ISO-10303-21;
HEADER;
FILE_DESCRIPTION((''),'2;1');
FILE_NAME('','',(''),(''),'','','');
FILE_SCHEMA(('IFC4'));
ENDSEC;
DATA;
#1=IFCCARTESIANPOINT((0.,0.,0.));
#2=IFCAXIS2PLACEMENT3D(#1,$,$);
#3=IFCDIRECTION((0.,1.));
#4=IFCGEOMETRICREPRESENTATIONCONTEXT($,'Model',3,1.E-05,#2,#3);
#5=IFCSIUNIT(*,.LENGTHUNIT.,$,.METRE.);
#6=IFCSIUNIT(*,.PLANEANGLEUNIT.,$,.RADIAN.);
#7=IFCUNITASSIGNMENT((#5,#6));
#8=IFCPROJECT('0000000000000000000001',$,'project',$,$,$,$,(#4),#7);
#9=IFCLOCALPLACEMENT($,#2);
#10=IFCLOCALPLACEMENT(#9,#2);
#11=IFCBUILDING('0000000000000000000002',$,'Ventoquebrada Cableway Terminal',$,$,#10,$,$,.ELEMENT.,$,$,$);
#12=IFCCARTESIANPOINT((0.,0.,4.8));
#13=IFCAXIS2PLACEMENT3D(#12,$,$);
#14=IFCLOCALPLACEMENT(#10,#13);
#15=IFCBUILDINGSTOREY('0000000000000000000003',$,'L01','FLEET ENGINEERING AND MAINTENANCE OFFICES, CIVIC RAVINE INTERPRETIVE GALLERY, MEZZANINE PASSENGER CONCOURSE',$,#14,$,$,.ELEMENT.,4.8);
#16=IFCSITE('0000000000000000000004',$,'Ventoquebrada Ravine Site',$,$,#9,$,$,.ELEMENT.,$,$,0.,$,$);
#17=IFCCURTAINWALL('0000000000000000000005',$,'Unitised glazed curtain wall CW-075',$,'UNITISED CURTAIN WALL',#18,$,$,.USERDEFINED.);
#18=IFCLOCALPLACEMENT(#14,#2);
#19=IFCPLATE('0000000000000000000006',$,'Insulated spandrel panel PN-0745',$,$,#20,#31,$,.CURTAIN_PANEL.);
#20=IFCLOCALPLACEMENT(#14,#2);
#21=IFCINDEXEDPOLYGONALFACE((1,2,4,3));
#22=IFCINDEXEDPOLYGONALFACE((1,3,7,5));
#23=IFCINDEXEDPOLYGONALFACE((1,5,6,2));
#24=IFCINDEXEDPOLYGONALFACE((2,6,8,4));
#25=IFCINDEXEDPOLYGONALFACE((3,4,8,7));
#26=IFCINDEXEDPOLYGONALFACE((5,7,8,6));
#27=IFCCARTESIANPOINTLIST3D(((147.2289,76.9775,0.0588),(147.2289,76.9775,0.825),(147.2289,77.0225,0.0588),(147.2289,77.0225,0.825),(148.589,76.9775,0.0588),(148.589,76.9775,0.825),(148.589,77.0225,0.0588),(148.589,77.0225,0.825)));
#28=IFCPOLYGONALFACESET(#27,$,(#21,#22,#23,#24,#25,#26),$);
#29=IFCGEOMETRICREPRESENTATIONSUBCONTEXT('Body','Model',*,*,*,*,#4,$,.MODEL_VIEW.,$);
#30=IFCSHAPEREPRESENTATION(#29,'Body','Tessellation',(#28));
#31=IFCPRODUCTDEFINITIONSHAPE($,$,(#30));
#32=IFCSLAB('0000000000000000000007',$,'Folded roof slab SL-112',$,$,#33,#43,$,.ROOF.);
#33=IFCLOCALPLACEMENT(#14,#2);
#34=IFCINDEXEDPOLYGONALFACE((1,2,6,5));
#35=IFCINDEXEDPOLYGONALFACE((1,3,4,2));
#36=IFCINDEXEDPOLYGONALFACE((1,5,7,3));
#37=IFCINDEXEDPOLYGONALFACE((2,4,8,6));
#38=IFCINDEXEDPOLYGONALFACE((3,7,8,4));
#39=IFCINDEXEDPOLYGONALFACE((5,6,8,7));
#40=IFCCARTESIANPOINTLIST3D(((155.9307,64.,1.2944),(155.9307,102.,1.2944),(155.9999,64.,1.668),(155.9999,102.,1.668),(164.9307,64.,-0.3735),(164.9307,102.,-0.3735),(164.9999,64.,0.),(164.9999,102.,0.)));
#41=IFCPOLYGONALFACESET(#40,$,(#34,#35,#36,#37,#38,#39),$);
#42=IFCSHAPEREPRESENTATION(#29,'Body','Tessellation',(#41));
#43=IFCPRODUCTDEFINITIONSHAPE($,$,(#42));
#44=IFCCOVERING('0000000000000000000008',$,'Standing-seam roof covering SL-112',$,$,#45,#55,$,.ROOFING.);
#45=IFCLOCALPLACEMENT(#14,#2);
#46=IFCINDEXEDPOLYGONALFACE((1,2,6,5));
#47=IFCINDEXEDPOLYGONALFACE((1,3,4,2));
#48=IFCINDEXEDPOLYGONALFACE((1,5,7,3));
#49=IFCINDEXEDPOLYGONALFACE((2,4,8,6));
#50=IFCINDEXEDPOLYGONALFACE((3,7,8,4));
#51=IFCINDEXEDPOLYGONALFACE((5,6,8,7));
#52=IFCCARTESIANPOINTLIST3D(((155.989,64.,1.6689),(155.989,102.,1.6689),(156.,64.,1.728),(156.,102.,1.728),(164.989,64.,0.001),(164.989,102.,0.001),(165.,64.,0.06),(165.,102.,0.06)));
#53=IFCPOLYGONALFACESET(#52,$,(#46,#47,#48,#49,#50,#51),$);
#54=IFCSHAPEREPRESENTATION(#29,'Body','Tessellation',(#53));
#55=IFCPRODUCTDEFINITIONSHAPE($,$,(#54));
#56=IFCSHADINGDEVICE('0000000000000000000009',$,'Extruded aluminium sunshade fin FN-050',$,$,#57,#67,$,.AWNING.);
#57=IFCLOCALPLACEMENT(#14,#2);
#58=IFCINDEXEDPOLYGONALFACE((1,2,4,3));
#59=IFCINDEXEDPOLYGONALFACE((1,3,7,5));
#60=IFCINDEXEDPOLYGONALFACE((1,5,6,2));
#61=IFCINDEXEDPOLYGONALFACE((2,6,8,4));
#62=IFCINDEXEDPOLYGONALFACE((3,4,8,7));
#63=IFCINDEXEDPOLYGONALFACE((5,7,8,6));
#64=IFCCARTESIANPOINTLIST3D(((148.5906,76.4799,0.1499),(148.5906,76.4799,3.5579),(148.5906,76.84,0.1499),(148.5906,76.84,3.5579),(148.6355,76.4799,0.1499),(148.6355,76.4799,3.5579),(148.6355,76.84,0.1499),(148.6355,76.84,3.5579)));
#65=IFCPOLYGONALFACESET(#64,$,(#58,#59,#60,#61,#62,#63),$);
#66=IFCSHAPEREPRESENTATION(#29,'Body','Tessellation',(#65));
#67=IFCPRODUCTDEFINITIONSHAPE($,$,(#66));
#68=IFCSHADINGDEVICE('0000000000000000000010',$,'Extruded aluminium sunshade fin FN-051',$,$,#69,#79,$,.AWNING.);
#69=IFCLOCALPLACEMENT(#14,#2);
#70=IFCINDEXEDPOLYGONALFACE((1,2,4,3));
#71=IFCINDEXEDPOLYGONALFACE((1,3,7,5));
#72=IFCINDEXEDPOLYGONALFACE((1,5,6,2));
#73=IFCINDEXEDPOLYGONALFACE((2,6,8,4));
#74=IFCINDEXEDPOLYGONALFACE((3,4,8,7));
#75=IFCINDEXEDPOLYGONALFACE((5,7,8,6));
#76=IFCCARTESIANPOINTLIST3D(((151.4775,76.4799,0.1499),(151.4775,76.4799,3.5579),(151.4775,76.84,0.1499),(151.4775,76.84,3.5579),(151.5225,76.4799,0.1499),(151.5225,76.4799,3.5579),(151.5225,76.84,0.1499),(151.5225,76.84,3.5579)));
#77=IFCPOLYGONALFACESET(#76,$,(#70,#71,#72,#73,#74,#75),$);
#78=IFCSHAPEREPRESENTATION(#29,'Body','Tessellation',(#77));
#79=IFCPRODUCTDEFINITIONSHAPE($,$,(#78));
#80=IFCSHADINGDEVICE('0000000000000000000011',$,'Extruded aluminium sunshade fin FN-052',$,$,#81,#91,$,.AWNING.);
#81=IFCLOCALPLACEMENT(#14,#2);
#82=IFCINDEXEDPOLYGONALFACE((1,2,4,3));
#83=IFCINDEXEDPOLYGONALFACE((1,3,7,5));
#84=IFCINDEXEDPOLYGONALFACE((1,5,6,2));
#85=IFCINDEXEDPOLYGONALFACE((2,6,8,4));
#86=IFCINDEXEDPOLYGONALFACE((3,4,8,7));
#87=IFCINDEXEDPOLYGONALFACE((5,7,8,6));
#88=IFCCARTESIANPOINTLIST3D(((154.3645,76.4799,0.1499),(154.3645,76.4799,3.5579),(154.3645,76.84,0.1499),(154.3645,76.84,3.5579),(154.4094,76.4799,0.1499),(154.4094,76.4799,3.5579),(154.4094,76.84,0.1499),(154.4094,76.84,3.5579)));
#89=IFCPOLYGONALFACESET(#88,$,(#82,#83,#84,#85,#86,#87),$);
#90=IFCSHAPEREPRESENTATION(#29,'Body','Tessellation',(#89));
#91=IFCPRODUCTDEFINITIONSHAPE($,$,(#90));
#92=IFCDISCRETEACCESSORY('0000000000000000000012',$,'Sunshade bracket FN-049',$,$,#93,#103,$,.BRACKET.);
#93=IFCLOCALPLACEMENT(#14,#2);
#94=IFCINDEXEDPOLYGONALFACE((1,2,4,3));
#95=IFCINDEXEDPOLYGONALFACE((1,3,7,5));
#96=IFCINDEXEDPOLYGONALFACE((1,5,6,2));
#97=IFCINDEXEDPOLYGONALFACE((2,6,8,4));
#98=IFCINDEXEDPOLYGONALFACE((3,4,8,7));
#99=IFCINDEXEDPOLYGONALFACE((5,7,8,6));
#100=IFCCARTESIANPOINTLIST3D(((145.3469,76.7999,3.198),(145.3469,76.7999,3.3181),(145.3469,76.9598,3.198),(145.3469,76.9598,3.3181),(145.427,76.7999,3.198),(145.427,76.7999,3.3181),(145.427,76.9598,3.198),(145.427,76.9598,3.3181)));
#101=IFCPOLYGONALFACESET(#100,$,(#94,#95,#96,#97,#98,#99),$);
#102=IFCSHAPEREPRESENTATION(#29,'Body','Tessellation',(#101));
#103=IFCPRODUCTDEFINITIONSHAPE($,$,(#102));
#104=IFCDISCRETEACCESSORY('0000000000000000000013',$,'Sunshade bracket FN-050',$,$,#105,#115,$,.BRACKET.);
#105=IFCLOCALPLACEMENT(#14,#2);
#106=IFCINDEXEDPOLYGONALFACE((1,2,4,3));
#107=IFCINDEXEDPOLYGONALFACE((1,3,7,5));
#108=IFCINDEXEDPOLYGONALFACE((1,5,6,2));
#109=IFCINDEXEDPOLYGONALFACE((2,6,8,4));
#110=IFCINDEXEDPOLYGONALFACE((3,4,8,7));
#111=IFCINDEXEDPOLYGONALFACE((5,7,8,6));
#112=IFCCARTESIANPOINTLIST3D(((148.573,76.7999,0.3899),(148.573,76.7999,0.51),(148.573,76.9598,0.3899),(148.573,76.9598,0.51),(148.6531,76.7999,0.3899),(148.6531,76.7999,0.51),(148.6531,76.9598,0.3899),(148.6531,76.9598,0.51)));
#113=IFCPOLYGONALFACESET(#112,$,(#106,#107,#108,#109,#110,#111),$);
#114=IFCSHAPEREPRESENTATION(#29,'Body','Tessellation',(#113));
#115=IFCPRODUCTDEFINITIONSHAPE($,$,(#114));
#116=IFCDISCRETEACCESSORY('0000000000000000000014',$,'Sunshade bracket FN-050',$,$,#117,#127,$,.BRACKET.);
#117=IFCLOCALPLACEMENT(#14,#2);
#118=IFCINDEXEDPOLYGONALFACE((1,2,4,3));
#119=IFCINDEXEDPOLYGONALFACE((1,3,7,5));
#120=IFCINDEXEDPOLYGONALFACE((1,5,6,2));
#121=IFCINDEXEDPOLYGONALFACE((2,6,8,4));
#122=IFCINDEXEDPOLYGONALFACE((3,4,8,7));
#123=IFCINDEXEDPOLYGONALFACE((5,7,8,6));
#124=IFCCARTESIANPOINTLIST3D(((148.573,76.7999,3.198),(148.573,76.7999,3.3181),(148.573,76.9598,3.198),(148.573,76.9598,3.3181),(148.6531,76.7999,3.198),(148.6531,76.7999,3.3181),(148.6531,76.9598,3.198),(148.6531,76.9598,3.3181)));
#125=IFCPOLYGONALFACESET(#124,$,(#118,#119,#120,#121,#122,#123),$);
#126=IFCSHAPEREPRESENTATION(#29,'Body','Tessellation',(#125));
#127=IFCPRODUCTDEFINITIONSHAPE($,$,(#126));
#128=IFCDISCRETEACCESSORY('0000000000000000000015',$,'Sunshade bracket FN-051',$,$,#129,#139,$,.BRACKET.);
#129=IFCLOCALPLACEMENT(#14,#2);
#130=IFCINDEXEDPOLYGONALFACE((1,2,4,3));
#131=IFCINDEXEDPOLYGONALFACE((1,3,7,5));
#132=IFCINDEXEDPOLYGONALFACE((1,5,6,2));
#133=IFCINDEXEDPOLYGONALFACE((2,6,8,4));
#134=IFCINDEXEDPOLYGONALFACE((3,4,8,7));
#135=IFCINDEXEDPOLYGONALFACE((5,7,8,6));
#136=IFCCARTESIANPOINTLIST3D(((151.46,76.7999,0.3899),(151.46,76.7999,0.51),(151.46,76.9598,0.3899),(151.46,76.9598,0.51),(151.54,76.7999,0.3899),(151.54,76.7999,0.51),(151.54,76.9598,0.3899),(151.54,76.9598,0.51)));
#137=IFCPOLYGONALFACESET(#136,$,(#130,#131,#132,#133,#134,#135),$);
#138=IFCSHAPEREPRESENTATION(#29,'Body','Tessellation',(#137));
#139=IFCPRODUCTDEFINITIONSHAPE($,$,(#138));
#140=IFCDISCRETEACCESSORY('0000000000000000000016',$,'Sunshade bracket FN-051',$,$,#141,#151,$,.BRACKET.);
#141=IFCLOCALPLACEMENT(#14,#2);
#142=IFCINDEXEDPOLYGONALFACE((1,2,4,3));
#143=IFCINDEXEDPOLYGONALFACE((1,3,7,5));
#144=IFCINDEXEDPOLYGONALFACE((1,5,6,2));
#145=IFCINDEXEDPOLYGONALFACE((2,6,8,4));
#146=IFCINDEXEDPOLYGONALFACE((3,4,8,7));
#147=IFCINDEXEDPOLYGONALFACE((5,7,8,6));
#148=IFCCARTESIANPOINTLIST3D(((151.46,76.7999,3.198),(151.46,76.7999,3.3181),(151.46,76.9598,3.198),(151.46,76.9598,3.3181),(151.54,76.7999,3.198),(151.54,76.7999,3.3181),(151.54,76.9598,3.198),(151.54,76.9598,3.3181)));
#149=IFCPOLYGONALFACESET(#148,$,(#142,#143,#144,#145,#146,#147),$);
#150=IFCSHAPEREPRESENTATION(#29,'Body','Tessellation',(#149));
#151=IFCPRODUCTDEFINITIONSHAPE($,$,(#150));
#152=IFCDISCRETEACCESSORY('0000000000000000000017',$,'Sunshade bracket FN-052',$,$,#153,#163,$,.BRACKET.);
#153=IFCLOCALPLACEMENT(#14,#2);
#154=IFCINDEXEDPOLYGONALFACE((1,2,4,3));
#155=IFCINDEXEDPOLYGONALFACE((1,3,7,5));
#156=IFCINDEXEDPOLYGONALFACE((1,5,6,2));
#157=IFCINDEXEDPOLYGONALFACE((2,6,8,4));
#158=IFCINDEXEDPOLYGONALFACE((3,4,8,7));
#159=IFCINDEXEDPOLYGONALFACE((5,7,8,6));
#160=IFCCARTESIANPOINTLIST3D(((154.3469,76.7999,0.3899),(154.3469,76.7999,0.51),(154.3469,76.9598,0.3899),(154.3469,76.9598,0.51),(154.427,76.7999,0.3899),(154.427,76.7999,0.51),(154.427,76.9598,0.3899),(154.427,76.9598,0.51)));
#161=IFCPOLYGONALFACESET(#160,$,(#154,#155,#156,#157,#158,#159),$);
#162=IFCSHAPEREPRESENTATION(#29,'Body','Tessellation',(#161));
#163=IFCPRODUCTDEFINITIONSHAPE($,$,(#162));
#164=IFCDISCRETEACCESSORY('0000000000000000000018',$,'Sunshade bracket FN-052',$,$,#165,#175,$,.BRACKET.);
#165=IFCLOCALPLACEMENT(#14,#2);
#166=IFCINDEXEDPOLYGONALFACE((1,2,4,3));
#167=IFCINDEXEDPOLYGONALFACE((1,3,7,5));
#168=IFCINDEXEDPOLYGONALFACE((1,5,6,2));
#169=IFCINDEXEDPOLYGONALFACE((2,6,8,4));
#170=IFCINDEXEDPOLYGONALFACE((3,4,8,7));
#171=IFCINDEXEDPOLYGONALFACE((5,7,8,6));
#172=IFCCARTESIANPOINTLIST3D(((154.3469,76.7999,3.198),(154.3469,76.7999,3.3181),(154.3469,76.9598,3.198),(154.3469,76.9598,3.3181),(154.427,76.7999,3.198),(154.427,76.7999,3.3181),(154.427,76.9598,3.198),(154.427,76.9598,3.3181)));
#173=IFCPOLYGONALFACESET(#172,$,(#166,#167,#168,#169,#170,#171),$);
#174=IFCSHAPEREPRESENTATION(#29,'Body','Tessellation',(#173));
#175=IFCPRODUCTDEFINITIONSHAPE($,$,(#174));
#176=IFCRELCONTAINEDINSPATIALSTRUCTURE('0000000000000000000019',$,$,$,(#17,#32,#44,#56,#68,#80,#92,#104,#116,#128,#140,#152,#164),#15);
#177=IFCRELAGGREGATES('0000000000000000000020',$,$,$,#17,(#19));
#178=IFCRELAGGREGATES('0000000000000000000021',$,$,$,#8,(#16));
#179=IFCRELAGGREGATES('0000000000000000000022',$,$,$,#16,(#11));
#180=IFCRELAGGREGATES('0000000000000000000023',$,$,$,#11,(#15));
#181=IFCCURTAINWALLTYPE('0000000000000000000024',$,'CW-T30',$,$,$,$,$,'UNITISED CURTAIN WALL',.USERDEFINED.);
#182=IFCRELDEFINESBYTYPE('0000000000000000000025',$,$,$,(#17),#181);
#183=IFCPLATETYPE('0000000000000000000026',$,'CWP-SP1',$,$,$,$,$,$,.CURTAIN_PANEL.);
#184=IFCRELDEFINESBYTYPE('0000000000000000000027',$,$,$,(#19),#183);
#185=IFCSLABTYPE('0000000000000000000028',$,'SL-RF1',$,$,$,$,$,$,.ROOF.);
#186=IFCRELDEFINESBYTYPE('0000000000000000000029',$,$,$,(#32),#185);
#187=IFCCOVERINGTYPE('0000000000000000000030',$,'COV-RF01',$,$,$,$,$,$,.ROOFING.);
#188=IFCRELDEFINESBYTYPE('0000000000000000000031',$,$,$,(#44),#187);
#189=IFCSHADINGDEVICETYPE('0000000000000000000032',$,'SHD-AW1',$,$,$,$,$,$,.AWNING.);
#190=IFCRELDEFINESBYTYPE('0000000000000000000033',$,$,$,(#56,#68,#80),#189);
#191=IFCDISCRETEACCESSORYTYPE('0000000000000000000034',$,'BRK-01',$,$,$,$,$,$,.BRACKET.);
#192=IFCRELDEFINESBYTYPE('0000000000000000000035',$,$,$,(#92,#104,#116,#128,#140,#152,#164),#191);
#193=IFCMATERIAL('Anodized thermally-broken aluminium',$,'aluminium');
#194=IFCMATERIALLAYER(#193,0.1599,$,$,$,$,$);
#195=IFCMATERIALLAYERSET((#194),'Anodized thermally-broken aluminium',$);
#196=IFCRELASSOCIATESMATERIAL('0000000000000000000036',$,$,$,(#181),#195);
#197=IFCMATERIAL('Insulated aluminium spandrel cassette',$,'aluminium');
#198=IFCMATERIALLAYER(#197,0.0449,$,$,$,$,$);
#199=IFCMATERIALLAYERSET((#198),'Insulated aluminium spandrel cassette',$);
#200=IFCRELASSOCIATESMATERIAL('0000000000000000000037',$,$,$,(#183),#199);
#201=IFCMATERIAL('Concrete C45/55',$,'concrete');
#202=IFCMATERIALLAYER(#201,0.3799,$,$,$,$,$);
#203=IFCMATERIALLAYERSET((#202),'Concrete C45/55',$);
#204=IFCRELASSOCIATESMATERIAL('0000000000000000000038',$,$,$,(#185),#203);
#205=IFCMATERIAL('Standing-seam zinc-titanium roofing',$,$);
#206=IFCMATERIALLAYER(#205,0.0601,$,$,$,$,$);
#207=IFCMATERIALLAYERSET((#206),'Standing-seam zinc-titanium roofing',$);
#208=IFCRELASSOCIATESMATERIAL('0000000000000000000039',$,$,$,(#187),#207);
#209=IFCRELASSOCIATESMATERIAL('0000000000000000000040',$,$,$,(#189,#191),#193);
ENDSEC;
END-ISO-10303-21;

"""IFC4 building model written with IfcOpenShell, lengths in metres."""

from ifc_helpers import new_model, si_unit, direction, frame, origin, origin_2d, place, context, subcontext, project, spatial, polyline, rectangle, outline, extrude, material, layer, layer_set, type_object, element, aggregate, save


model = new_model("IFC4")

# Units and contexts
model_context = context("Model", 3, precision=1e-05, world=origin(), true_north=direction((0.0, 1.0)))
body_context = subcontext(model_context, "Body", "Model", "MODEL_VIEW")
ifc_project = project(units=[si_unit("LENGTHUNIT", "METRE"), si_unit("PLANEANGLEUNIT", "RADIAN")], contexts=[model_context])

# Site, building, storey
site_placement = place(None, origin())
site = spatial("IfcSite", under=ifc_project, at=site_placement, Name="Ventoquebrada Ravine Site", CompositionType="ELEMENT", RefElevation=0.0)
building_placement = place(site_placement, origin())
building = spatial("IfcBuilding", under=site, at=building_placement, Name="Ventoquebrada Cableway Terminal", CompositionType="ELEMENT")
storey_placement = place(building_placement, frame((0.0, 0.0, 4.8)))
storey = spatial("IfcBuildingStorey", under=building, at=storey_placement, Name="L01", Description="FLEET ENGINEERING AND MAINTENANCE OFFICES, CIVIC RAVINE INTERPRETIVE GALLERY, MEZZANINE PASSENGER CONCOURSE", CompositionType="ELEMENT", Elevation=4.8)

# Curtain wall
ifc_material_1 = material(Name="Anodized thermally-broken aluminium", Category="aluminium")
ifc_layer_1 = layer(ifc_material_1, 0.1599)
ifc_layer_set_1 = layer_set([ifc_layer_1], Name="Anodized thermally-broken aluminium")
curtain_wall_type = type_object("IfcCurtainWallType", Name="CW-T30", ElementType="UNITISED CURTAIN WALL", PredefinedType="USERDEFINED", material=ifc_layer_set_1)
curtain_wall_1_placement = place(storey_placement, origin())
curtain_wall_1 = element("IfcCurtainWall", 1, at=curtain_wall_1_placement, inside=storey, type_object=curtain_wall_type, Name="Unitised glazed curtain wall CW-075", ObjectType="UNITISED CURTAIN WALL", PredefinedType="USERDEFINED")

# Plate
ifc_material_2 = material(Name="Insulated aluminium spandrel cassette", Category="aluminium")
ifc_layer_2 = layer(ifc_material_2, 0.0449)
ifc_layer_set_2 = layer_set([ifc_layer_2], Name="Insulated aluminium spandrel cassette")
plate_type_1 = type_object("IfcPlateType", Name="CWP-SP1", PredefinedType="CURTAIN_PANEL", material=ifc_layer_set_2)
plate_1_placement = place(storey_placement, frame((147.9089, 77.0, 0.0588), z_axis=(0.0, 0.0, 1.0), x_axis=(1.0, 0.0, 0.0)))
plate_1 = element("IfcPlate", 2, at=plate_1_placement, type_object=plate_type_1, Name="Insulated spandrel panel PN-0745", PredefinedType="CURTAIN_PANEL", context=body_context, shape_type="SweptSolid", body=[
    extrude(rectangle(XDim=1.3601, YDim=0.0449, at=origin_2d()), origin(), (0.0, 0.0, 1.0), 0.7661),
])
aggregate(curtain_wall_1, [plate_1])

# Slab
ifc_material_3 = material(Name="Concrete C45/55", Category="concrete")
ifc_layer_3 = layer(ifc_material_3, 0.3799)
ifc_layer_set_3 = layer_set([ifc_layer_3], Name="Concrete C45/55")
slab_type = type_object("IfcSlabType", Name="SL-RF1", PredefinedType="ROOF", material=ifc_layer_set_3)
slab_placement = place(storey_placement, frame((155.9307, 64.0, 1.2944), z_axis=(0.182227, 0.0, 0.983257), x_axis=(0.983257, 0.0, -0.182227)))
element("IfcSlab", 3, at=slab_placement, inside=storey, type_object=slab_type, Name="Folded roof slab SL-112", PredefinedType="ROOF", context=body_context, shape_type="SweptSolid", body=[
    extrude(outline(polyline([(0.0, 0.0), (9.1533, 0.0), (9.1533, 38.0), (0.0, 38.0), (0.0, 0.0)])), origin(), (0.0, 0.0, 1.0), 0.3799),
])

# Covering
ifc_material_4 = material(Name="Standing-seam zinc-titanium roofing")
ifc_layer_4 = layer(ifc_material_4, 0.0601)
ifc_layer_set_4 = layer_set([ifc_layer_4], Name="Standing-seam zinc-titanium roofing")
covering_type = type_object("IfcCoveringType", Name="COV-RF01", PredefinedType="ROOFING", material=ifc_layer_set_4)
covering_placement = place(storey_placement, frame((155.989, 64.0, 1.6689), z_axis=(0.182227, 0.0, 0.983257), x_axis=(0.983257, 0.0, -0.182227)))
element("IfcCovering", 4, at=covering_placement, inside=storey, type_object=covering_type, Name="Standing-seam roof covering SL-112", PredefinedType="ROOFING", context=body_context, shape_type="SweptSolid", body=[
    extrude(outline(polyline([(0.0, 0.0), (9.1533, 0.0), (9.1533, 38.0), (0.0, 38.0), (0.0, 0.0)])), origin(), (0.0, 0.0, 1.0), 0.0601),
])

# Shading devices
shading_device_type = type_object("IfcShadingDeviceType", Name="SHD-AW1", PredefinedType="AWNING", material=ifc_material_1)
for number, where, z_axis, x_axis, name in (
    (5, (148.613, 76.6599, 0.1499), (0.0, 0.0, 1.0), (1.0, 0.0, 0.0), "Extruded aluminium sunshade fin FN-050"),
    (6, (151.5, 76.6599, 0.1499), (0.0, 0.0, 1.0), (1.0, 0.0, 0.0), "Extruded aluminium sunshade fin FN-051"),
    (7, (154.387, 76.6599, 0.1499), (0.0, 0.0, 1.0), (1.0, 0.0, 0.0), "Extruded aluminium sunshade fin FN-052"),
):
    element("IfcShadingDevice", number, at=place(storey_placement, frame(where, z_axis=z_axis, x_axis=x_axis)), inside=storey, type_object=shading_device_type, Name=name, PredefinedType="AWNING", context=body_context, shape_type="SweptSolid", body=[
        extrude(rectangle(XDim=0.0449, YDim=0.3601, at=origin_2d()), origin(), (0.0, 0.0, 1.0), 3.408),
    ])

# Discrete accessories
discrete_accessory_type = type_object("IfcDiscreteAccessoryType", Name="BRK-01", PredefinedType="BRACKET", material=ifc_material_1)
for number, where, z_axis, x_axis, name in (
    (8, (145.387, 76.8799, 3.198), (0.0, 0.0, 1.0), (1.0, 0.0, 0.0), "Sunshade bracket FN-049"),
    (9, (148.613, 76.8799, 0.3899), (0.0, 0.0, 1.0), (1.0, 0.0, 0.0), "Sunshade bracket FN-050"),
    (10, (148.613, 76.8799, 3.198), (0.0, 0.0, 1.0), (1.0, 0.0, 0.0), "Sunshade bracket FN-050"),
    (11, (151.5, 76.8799, 0.3899), (0.0, 0.0, 1.0), (1.0, 0.0, 0.0), "Sunshade bracket FN-051"),
    (12, (151.5, 76.8799, 3.198), (0.0, 0.0, 1.0), (1.0, 0.0, 0.0), "Sunshade bracket FN-051"),
    (13, (154.387, 76.8799, 0.3899), (0.0, 0.0, 1.0), (1.0, 0.0, 0.0), "Sunshade bracket FN-052"),
    (14, (154.387, 76.8799, 3.198), (0.0, 0.0, 1.0), (1.0, 0.0, 0.0), "Sunshade bracket FN-052"),
):
    element("IfcDiscreteAccessory", number, at=place(storey_placement, frame(where, z_axis=z_axis, x_axis=x_axis)), inside=storey, type_object=discrete_accessory_type, Name=name, PredefinedType="BRACKET", context=body_context, shape_type="SweptSolid", body=[
        extrude(rectangle(XDim=0.0801, YDim=0.1599, at=origin_2d()), origin(), (0.0, 0.0, 1.0), 0.1201),
    ])

save(model, "model.ifc")
